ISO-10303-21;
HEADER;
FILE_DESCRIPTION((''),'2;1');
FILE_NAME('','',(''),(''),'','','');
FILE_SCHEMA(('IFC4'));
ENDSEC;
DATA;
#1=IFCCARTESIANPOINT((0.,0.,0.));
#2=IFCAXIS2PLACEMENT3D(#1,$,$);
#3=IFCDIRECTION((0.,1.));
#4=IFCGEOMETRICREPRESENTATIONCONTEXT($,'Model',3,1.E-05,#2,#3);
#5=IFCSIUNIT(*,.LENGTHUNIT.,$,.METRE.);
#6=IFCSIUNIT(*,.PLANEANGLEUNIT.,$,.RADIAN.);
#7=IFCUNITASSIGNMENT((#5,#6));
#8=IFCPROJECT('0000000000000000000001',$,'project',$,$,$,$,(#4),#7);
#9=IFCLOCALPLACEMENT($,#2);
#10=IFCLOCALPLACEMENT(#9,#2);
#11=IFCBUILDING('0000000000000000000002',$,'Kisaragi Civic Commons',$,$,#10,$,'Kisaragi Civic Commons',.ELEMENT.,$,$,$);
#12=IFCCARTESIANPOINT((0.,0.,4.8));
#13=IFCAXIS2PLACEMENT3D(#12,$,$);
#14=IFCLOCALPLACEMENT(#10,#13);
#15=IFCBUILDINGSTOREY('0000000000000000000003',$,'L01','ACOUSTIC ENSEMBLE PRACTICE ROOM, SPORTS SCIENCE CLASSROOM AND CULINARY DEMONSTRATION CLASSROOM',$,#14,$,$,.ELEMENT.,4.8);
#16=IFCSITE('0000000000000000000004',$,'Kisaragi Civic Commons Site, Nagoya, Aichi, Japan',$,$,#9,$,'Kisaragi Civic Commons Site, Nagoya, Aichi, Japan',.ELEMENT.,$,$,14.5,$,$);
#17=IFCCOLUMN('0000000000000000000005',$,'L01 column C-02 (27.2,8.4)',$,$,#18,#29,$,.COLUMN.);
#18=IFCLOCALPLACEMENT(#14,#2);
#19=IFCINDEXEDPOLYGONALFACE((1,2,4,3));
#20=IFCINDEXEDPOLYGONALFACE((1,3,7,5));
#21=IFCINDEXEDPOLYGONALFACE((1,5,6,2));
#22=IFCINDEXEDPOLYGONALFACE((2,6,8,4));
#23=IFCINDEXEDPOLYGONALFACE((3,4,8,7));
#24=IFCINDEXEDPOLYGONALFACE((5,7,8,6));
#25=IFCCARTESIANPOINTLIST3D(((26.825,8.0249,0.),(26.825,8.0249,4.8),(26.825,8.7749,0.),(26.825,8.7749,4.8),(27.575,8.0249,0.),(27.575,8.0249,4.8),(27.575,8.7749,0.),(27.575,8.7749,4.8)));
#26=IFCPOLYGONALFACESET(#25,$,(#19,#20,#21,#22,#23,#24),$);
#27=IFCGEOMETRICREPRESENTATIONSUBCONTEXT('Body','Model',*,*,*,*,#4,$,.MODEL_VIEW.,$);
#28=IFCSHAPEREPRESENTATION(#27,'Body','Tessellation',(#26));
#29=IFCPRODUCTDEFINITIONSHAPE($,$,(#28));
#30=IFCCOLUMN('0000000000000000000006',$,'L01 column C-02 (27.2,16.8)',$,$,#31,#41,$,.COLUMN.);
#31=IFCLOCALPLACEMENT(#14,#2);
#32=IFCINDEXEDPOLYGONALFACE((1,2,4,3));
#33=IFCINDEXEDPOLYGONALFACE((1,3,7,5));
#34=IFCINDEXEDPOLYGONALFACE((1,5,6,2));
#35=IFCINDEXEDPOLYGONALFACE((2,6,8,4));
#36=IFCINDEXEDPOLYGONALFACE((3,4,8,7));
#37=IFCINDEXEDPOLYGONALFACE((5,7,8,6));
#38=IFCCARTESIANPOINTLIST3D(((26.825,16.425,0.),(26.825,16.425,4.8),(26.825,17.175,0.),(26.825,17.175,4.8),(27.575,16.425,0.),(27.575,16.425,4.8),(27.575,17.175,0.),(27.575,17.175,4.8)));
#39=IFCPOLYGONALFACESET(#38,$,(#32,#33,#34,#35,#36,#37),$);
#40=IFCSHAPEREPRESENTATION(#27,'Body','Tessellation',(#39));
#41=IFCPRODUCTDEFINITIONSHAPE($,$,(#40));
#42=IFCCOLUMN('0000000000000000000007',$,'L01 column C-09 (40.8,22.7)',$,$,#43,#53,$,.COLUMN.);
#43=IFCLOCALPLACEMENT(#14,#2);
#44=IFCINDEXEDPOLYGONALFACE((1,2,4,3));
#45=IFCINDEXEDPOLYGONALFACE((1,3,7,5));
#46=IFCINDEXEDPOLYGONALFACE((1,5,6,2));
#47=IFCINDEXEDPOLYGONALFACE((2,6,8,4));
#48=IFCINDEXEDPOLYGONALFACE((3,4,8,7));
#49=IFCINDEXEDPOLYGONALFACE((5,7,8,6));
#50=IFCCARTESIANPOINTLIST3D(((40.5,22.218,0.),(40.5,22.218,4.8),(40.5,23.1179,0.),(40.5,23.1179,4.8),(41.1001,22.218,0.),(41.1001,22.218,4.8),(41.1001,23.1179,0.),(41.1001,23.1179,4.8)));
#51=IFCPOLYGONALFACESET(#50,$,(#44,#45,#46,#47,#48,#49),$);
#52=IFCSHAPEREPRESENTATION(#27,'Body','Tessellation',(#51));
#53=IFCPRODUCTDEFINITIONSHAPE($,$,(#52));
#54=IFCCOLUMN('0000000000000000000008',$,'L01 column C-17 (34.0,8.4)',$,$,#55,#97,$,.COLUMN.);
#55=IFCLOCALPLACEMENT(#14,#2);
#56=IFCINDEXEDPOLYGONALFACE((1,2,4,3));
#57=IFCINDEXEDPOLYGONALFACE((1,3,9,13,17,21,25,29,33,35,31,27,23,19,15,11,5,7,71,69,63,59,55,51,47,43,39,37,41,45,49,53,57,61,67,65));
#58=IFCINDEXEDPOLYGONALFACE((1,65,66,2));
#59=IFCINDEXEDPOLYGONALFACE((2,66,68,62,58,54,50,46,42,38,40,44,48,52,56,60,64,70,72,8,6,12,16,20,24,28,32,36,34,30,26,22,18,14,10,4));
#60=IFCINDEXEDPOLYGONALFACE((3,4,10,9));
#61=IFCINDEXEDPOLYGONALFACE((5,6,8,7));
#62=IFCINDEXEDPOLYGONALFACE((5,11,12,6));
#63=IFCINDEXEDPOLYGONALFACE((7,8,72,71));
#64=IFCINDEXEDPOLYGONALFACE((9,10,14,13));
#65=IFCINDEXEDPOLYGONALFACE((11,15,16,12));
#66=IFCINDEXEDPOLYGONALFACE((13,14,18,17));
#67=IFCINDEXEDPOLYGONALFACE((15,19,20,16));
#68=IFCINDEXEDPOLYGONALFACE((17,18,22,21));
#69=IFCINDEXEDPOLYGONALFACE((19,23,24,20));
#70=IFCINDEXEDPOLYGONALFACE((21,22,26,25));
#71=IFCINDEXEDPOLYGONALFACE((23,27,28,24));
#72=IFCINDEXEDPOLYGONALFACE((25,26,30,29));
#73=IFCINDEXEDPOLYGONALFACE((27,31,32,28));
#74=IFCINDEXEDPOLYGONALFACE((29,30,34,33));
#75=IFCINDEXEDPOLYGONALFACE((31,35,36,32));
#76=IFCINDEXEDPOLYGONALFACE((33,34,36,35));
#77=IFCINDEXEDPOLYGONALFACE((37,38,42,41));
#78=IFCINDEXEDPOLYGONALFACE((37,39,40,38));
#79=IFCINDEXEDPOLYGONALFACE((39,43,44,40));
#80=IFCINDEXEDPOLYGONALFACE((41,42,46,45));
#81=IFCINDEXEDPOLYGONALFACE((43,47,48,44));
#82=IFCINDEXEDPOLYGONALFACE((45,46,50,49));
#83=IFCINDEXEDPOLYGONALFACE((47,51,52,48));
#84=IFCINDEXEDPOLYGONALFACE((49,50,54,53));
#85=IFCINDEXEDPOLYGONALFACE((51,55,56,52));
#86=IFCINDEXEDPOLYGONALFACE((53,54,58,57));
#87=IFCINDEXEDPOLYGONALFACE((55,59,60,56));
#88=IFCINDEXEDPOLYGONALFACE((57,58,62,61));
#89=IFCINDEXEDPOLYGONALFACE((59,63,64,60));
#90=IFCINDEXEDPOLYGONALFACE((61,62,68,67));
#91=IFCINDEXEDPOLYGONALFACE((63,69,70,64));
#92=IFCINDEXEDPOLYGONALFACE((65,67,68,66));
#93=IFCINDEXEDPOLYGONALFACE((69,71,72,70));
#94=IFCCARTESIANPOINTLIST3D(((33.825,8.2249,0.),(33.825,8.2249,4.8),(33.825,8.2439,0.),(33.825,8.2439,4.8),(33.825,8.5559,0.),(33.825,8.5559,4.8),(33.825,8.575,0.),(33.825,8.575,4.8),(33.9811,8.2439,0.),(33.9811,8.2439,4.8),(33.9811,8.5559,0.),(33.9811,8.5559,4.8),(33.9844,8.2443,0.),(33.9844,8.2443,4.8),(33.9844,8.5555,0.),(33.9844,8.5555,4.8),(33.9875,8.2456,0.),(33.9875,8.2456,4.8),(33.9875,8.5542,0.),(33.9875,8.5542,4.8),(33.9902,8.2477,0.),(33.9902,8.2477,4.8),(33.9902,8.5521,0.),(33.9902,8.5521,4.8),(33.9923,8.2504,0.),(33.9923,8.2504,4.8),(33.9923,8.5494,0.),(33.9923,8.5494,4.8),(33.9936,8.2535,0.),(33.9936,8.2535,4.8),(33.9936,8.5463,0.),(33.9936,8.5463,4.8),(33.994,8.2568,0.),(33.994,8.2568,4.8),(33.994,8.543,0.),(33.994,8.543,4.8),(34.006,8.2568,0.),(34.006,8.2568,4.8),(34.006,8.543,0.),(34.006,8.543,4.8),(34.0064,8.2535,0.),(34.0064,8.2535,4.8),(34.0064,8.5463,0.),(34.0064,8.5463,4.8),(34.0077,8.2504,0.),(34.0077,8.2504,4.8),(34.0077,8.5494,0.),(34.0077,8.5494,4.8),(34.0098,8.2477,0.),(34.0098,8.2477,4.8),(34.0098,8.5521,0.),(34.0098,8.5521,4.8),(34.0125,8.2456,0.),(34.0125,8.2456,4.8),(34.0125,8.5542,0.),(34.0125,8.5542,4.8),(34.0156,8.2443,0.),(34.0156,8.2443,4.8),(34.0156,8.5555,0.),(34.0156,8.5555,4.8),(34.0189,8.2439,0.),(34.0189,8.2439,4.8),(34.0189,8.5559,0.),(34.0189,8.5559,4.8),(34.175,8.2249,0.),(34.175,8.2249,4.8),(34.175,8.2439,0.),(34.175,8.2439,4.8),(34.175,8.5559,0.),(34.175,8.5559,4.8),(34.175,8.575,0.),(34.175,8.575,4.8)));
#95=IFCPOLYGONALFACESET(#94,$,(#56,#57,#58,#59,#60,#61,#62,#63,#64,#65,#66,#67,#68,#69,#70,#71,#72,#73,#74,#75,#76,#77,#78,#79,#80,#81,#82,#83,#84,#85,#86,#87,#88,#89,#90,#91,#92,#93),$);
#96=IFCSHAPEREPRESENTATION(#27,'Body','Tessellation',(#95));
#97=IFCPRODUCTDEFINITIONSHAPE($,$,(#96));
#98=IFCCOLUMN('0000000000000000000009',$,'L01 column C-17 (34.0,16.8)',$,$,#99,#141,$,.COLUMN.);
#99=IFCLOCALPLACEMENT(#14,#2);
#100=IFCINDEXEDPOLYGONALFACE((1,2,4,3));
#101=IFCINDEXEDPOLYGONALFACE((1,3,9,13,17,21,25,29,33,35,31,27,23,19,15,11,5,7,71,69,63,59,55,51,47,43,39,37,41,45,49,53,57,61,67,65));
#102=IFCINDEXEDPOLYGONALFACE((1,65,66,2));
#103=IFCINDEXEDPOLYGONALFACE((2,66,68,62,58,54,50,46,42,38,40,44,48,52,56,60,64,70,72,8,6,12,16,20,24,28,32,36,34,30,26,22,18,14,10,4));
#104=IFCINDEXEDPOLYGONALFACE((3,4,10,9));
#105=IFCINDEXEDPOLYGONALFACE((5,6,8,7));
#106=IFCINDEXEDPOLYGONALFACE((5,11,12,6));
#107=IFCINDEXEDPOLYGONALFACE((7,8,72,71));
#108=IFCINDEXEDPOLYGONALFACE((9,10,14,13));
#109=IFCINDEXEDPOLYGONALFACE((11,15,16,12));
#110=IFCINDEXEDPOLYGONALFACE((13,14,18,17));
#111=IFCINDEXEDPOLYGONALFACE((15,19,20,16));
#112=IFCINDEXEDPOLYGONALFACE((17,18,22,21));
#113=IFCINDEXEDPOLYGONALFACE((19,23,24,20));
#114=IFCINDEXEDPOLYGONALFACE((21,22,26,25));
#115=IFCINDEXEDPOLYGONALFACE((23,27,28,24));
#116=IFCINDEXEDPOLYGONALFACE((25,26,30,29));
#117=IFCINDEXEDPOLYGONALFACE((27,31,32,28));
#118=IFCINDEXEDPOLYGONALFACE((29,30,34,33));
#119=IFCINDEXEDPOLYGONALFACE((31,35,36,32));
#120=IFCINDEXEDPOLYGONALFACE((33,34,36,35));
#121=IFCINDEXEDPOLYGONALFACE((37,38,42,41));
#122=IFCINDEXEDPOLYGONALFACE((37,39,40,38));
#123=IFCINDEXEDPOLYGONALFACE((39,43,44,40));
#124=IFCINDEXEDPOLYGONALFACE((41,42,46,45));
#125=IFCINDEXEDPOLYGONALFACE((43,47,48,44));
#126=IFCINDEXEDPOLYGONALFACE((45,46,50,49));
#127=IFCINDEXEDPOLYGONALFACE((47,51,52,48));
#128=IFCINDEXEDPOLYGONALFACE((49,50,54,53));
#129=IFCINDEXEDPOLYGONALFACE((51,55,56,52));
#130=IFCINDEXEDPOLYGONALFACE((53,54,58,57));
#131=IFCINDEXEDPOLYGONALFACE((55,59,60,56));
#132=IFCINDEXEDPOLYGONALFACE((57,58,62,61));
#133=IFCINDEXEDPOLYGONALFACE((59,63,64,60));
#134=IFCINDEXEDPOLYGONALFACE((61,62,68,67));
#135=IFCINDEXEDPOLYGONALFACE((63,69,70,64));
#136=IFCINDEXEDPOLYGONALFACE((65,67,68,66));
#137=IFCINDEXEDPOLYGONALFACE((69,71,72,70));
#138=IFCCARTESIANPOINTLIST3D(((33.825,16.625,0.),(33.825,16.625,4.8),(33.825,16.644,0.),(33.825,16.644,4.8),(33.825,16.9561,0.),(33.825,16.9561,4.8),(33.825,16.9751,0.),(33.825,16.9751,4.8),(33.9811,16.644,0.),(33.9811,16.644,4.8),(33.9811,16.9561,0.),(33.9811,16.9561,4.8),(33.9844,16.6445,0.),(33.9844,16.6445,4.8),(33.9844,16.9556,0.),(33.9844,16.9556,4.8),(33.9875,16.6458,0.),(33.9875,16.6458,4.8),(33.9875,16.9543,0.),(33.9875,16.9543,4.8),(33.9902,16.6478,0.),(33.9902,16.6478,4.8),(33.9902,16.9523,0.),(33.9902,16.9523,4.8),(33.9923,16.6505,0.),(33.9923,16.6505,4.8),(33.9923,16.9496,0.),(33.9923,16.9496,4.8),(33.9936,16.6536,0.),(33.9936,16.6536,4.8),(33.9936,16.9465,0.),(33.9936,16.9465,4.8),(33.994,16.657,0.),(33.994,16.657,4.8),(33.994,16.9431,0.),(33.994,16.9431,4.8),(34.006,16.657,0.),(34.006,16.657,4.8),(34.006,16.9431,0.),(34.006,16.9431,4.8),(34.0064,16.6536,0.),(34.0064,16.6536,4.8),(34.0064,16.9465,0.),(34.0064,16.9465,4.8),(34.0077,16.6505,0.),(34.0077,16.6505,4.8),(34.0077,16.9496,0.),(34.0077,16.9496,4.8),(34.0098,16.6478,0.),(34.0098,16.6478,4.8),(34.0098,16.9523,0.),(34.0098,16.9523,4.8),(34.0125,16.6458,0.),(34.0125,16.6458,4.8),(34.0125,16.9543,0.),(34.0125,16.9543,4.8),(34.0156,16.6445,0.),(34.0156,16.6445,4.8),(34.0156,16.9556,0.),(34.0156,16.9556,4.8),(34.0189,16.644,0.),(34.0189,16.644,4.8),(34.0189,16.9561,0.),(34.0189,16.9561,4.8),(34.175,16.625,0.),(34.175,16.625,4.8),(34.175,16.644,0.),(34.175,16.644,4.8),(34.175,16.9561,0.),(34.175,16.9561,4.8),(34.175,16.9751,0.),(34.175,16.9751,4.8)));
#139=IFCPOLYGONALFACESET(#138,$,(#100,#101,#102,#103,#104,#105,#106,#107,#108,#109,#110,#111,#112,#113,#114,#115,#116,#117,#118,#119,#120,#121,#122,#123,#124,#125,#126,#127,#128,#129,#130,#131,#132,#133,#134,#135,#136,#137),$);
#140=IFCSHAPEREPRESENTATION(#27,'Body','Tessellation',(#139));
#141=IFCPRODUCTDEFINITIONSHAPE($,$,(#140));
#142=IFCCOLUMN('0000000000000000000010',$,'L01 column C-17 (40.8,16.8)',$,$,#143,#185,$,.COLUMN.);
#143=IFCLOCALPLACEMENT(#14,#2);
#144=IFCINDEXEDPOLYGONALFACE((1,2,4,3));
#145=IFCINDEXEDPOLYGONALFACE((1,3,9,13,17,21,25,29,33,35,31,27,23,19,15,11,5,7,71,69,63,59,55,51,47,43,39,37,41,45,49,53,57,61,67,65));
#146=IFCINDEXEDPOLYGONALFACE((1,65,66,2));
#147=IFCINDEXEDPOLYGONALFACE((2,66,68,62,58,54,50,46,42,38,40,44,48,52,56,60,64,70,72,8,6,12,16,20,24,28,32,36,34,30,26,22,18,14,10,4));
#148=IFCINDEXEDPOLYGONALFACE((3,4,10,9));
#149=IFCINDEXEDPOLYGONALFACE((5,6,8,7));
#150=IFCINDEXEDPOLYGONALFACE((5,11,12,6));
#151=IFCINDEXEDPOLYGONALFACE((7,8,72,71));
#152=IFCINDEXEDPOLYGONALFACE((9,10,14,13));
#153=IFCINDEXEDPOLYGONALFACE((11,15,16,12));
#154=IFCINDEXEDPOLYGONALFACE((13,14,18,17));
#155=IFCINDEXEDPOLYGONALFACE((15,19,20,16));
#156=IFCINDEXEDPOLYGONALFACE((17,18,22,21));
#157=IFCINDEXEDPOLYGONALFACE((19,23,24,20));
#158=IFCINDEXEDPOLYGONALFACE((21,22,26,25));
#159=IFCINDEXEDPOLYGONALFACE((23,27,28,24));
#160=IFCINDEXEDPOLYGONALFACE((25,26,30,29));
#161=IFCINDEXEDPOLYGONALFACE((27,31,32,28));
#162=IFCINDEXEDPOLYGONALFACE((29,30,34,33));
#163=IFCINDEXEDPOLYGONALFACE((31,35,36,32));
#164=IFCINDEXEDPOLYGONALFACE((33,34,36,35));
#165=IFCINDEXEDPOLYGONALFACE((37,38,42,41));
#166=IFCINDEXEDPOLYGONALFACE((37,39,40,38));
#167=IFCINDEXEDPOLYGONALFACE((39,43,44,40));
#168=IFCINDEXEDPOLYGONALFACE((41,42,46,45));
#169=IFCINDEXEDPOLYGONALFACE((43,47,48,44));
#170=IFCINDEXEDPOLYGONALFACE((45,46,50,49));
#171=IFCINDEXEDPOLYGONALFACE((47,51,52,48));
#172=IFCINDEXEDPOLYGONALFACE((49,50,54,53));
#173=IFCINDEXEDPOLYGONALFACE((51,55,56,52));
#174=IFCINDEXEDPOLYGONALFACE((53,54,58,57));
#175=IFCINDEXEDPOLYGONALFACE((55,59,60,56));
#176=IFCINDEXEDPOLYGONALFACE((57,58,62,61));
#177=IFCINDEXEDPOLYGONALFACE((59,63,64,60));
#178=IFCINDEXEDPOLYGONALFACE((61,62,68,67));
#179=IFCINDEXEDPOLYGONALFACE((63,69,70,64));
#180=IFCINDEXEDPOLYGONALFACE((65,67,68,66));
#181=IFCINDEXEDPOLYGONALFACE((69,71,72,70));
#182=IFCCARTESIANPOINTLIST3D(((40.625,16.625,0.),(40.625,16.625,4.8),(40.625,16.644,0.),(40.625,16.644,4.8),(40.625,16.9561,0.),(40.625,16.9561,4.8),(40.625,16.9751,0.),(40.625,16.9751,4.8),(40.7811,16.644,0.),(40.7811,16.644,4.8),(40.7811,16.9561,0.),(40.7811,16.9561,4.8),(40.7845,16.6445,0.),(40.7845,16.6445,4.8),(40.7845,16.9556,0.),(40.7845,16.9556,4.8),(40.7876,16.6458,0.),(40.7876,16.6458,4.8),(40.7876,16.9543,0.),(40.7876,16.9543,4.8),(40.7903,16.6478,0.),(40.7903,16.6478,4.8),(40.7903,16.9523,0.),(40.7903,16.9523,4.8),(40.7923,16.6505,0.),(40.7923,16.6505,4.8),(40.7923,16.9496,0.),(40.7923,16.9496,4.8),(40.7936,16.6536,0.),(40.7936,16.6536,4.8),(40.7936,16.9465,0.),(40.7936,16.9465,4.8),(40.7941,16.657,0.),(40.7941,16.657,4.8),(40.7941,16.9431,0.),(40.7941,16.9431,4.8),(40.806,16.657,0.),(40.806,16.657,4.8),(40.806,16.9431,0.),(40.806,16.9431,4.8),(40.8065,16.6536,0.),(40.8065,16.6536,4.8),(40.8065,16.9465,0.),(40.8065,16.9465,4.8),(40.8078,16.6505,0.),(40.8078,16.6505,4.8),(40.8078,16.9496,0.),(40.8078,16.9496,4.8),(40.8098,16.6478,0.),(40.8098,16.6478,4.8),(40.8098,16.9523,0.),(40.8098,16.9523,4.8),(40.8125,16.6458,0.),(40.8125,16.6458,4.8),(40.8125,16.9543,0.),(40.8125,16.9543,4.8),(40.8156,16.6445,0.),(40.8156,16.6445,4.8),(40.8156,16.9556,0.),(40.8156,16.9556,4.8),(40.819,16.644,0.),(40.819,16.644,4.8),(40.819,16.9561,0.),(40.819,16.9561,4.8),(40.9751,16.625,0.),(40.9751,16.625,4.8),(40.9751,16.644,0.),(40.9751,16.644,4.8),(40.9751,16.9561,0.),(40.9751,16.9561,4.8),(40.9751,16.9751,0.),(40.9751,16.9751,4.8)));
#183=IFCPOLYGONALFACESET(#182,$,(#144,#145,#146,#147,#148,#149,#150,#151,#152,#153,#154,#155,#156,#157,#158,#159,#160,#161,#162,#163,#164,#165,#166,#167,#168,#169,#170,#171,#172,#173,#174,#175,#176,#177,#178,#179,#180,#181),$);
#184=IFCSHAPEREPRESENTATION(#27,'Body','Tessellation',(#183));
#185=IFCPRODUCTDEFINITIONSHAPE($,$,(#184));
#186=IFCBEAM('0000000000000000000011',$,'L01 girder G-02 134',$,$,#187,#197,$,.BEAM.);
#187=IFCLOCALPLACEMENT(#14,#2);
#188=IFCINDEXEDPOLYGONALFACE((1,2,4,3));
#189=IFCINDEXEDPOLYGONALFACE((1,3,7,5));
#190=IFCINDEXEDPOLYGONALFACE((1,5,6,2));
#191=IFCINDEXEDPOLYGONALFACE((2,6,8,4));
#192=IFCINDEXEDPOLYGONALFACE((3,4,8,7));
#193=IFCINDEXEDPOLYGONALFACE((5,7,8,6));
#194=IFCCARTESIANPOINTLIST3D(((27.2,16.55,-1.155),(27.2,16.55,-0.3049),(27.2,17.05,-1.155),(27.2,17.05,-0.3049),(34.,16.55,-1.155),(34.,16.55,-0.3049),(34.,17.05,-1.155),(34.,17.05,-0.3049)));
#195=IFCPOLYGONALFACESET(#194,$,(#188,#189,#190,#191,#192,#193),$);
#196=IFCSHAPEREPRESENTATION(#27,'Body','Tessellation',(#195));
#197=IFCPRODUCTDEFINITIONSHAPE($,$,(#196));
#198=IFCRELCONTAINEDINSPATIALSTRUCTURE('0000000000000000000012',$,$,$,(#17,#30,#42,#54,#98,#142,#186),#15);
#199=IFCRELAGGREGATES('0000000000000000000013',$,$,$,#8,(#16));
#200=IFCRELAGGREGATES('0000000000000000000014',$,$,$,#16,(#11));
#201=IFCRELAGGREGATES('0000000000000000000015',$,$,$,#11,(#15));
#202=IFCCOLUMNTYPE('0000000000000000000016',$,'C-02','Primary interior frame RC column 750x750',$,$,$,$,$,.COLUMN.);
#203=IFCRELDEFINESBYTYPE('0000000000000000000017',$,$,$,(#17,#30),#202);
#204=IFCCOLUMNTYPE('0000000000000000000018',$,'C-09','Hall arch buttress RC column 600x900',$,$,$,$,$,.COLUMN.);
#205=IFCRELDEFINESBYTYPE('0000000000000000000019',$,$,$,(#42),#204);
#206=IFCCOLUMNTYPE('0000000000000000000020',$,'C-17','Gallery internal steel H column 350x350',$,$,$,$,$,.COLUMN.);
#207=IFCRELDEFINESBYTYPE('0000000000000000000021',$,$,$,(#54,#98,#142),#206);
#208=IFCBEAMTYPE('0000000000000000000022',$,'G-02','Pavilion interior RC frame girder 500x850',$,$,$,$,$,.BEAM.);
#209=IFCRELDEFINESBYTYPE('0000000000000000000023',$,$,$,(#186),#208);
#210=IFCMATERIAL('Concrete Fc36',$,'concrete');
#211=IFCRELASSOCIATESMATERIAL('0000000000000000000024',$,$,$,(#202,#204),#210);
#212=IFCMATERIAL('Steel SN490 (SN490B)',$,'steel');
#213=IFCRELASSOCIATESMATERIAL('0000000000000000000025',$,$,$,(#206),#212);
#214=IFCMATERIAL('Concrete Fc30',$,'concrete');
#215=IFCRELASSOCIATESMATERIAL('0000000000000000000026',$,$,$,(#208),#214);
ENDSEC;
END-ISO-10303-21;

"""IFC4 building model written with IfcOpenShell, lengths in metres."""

from ifc_helpers import new_model, si_unit, direction, frame, origin, origin_2d, place, context, subcontext, project, spatial, rectangle, i_section, extrude, material, material_profile, profile_set, type_object, element, save


model = new_model("IFC4")

# Units and contexts
model_context = context("Model", 3, precision=1e-05, world=origin(), true_north=direction((0.0, 1.0)))
body_context = subcontext(model_context, "Body", "Model", "MODEL_VIEW")
ifc_project = project(units=[si_unit("LENGTHUNIT", "METRE"), si_unit("PLANEANGLEUNIT", "RADIAN")], contexts=[model_context])

# Site, building, storey
site_placement = place(None, origin())
site = spatial("IfcSite", under=ifc_project, at=site_placement, Name="Kisaragi Civic Commons Site, Nagoya, Aichi, Japan", LongName="Kisaragi Civic Commons Site, Nagoya, Aichi, Japan", CompositionType="ELEMENT", RefElevation=14.5)
building_placement = place(site_placement, origin())
building = spatial("IfcBuilding", under=site, at=building_placement, Name="Kisaragi Civic Commons", LongName="Kisaragi Civic Commons", CompositionType="ELEMENT")
storey_placement = place(building_placement, frame((0.0, 0.0, 4.8)))
storey = spatial("IfcBuildingStorey", under=building, at=storey_placement, Name="L01", Description="ACOUSTIC ENSEMBLE PRACTICE ROOM, SPORTS SCIENCE CLASSROOM AND CULINARY DEMONSTRATION CLASSROOM", CompositionType="ELEMENT", Elevation=4.8)

# Columns
ifc_material_1 = material(Name="Concrete Fc36", Category="concrete")
ifc_material_profile_1 = material_profile(ifc_material_1, rectangle(XDim=0.75, YDim=0.75, at=origin_2d()), Name="RC-750x750", Category="concrete")
ifc_profile_set_1 = profile_set([ifc_material_profile_1], Name="Concrete Fc36")
column_type_1 = type_object("IfcColumnType", Name="C-02", Description="Primary interior frame RC column 750x750", PredefinedType="COLUMN", material=ifc_profile_set_1)
for number, where, z_axis, x_axis, name in (
    (1, (27.2, 8.3999, 0.0), (0.0, 0.0, 1.0), (1.0, 0.0, 0.0), "L01 column C-02 (27.2,8.4)"),
    (2, (27.2, 16.8, 0.0), (0.0, 0.0, 1.0), (1.0, 0.0, 0.0), "L01 column C-02 (27.2,16.8)"),
):
    element("IfcColumn", number, at=place(storey_placement, frame(where, z_axis=z_axis, x_axis=x_axis)), inside=storey, type_object=column_type_1, Name=name, PredefinedType="COLUMN", context=body_context, shape_type="SweptSolid", body=[
        extrude(rectangle(XDim=0.75, YDim=0.75, at=origin_2d()), origin(), (0.0, 0.0, 1.0), 4.8),
    ])
ifc_material_profile_2 = material_profile(ifc_material_1, rectangle(XDim=0.6001, YDim=0.8999, at=origin_2d()), Name="RC-600x900", Category="concrete")
ifc_profile_set_2 = profile_set([ifc_material_profile_2], Name="Concrete Fc36")
column_type_2 = type_object("IfcColumnType", Name="C-09", Description="Hall arch buttress RC column 600x900", PredefinedType="COLUMN", material=ifc_profile_set_2)
column_placement = place(storey_placement, frame((40.8, 22.668, 0.0), z_axis=(0.0, 0.0, 1.0), x_axis=(1.0, 0.0, 0.0)))
element("IfcColumn", 3, at=column_placement, inside=storey, type_object=column_type_2, Name="L01 column C-09 (40.8,22.7)", PredefinedType="COLUMN", context=body_context, shape_type="SweptSolid", body=[
    extrude(rectangle(XDim=0.6001, YDim=0.8999, at=origin_2d()), origin(), (0.0, 0.0, 1.0), 4.8),
])
ifc_material_2 = material(Name="Steel SN490 (SN490B)", Category="steel")
ifc_material_profile_3 = material_profile(ifc_material_2, i_section(OverallWidth=0.3501, OverallDepth=0.3501, WebThickness=0.012, FlangeThickness=0.019, FilletRadius=0.0129, at=origin_2d()), Name="H-350x350x12x19", Category="steel")
ifc_profile_set_3 = profile_set([ifc_material_profile_3], Name="Steel SN490 (SN490B)")
column_type_3 = type_object("IfcColumnType", Name="C-17", Description="Gallery internal steel H column 350x350", PredefinedType="COLUMN", material=ifc_profile_set_3)
for number, where, z_axis, x_axis, name in (
    (4, (34.0, 8.3999, 0.0), (0.0, 0.0, 1.0), (1.0, 0.0, 0.0), "L01 column C-17 (34.0,8.4)"),
    (5, (34.0, 16.8, 0.0), (0.0, 0.0, 1.0), (1.0, 0.0, 0.0), "L01 column C-17 (34.0,16.8)"),
    (6, (40.8, 16.8, 0.0), (0.0, 0.0, 1.0), (1.0, 0.0, 0.0), "L01 column C-17 (40.8,16.8)"),
):
    element("IfcColumn", number, at=place(storey_placement, frame(where, z_axis=z_axis, x_axis=x_axis)), inside=storey, type_object=column_type_3, Name=name, PredefinedType="COLUMN", context=body_context, shape_type="SweptSolid", body=[
        extrude(i_section(OverallWidth=0.3501, OverallDepth=0.3501, WebThickness=0.012, FlangeThickness=0.019, FilletRadius=0.0129, at=origin_2d()), origin(), (0.0, 0.0, 1.0), 4.8),
    ])

# Beam
ifc_material_3 = material(Name="Concrete Fc30", Category="concrete")
ifc_material_profile_4 = material_profile(ifc_material_3, rectangle(XDim=0.5, YDim=0.8501, at=origin_2d()), Name="RC-500x850", Category="concrete")
ifc_profile_set_4 = profile_set([ifc_material_profile_4], Name="Concrete Fc30")
beam_type_1 = type_object("IfcBeamType", Name="G-02", Description="Pavilion interior RC frame girder 500x850", PredefinedType="BEAM", material=ifc_profile_set_4)
for number, where, z_axis, x_axis, name in (
    (7, (27.2, 16.8, -0.73), (1.0, 0.0, 0.0), (0.0, 1.0, 0.0), "L01 girder G-02 134"),
):
    element("IfcBeam", number, at=place(storey_placement, frame(where, z_axis=z_axis, x_axis=x_axis)), inside=storey, type_object=beam_type_1, Name=name, PredefinedType="BEAM", context=body_context, shape_type="SweptSolid", body=[
        extrude(rectangle(XDim=0.5, YDim=0.8501, at=origin_2d()), origin(), (0.0, 0.0, 1.0), 6.8),
    ])

save(model, "model.ifc")
